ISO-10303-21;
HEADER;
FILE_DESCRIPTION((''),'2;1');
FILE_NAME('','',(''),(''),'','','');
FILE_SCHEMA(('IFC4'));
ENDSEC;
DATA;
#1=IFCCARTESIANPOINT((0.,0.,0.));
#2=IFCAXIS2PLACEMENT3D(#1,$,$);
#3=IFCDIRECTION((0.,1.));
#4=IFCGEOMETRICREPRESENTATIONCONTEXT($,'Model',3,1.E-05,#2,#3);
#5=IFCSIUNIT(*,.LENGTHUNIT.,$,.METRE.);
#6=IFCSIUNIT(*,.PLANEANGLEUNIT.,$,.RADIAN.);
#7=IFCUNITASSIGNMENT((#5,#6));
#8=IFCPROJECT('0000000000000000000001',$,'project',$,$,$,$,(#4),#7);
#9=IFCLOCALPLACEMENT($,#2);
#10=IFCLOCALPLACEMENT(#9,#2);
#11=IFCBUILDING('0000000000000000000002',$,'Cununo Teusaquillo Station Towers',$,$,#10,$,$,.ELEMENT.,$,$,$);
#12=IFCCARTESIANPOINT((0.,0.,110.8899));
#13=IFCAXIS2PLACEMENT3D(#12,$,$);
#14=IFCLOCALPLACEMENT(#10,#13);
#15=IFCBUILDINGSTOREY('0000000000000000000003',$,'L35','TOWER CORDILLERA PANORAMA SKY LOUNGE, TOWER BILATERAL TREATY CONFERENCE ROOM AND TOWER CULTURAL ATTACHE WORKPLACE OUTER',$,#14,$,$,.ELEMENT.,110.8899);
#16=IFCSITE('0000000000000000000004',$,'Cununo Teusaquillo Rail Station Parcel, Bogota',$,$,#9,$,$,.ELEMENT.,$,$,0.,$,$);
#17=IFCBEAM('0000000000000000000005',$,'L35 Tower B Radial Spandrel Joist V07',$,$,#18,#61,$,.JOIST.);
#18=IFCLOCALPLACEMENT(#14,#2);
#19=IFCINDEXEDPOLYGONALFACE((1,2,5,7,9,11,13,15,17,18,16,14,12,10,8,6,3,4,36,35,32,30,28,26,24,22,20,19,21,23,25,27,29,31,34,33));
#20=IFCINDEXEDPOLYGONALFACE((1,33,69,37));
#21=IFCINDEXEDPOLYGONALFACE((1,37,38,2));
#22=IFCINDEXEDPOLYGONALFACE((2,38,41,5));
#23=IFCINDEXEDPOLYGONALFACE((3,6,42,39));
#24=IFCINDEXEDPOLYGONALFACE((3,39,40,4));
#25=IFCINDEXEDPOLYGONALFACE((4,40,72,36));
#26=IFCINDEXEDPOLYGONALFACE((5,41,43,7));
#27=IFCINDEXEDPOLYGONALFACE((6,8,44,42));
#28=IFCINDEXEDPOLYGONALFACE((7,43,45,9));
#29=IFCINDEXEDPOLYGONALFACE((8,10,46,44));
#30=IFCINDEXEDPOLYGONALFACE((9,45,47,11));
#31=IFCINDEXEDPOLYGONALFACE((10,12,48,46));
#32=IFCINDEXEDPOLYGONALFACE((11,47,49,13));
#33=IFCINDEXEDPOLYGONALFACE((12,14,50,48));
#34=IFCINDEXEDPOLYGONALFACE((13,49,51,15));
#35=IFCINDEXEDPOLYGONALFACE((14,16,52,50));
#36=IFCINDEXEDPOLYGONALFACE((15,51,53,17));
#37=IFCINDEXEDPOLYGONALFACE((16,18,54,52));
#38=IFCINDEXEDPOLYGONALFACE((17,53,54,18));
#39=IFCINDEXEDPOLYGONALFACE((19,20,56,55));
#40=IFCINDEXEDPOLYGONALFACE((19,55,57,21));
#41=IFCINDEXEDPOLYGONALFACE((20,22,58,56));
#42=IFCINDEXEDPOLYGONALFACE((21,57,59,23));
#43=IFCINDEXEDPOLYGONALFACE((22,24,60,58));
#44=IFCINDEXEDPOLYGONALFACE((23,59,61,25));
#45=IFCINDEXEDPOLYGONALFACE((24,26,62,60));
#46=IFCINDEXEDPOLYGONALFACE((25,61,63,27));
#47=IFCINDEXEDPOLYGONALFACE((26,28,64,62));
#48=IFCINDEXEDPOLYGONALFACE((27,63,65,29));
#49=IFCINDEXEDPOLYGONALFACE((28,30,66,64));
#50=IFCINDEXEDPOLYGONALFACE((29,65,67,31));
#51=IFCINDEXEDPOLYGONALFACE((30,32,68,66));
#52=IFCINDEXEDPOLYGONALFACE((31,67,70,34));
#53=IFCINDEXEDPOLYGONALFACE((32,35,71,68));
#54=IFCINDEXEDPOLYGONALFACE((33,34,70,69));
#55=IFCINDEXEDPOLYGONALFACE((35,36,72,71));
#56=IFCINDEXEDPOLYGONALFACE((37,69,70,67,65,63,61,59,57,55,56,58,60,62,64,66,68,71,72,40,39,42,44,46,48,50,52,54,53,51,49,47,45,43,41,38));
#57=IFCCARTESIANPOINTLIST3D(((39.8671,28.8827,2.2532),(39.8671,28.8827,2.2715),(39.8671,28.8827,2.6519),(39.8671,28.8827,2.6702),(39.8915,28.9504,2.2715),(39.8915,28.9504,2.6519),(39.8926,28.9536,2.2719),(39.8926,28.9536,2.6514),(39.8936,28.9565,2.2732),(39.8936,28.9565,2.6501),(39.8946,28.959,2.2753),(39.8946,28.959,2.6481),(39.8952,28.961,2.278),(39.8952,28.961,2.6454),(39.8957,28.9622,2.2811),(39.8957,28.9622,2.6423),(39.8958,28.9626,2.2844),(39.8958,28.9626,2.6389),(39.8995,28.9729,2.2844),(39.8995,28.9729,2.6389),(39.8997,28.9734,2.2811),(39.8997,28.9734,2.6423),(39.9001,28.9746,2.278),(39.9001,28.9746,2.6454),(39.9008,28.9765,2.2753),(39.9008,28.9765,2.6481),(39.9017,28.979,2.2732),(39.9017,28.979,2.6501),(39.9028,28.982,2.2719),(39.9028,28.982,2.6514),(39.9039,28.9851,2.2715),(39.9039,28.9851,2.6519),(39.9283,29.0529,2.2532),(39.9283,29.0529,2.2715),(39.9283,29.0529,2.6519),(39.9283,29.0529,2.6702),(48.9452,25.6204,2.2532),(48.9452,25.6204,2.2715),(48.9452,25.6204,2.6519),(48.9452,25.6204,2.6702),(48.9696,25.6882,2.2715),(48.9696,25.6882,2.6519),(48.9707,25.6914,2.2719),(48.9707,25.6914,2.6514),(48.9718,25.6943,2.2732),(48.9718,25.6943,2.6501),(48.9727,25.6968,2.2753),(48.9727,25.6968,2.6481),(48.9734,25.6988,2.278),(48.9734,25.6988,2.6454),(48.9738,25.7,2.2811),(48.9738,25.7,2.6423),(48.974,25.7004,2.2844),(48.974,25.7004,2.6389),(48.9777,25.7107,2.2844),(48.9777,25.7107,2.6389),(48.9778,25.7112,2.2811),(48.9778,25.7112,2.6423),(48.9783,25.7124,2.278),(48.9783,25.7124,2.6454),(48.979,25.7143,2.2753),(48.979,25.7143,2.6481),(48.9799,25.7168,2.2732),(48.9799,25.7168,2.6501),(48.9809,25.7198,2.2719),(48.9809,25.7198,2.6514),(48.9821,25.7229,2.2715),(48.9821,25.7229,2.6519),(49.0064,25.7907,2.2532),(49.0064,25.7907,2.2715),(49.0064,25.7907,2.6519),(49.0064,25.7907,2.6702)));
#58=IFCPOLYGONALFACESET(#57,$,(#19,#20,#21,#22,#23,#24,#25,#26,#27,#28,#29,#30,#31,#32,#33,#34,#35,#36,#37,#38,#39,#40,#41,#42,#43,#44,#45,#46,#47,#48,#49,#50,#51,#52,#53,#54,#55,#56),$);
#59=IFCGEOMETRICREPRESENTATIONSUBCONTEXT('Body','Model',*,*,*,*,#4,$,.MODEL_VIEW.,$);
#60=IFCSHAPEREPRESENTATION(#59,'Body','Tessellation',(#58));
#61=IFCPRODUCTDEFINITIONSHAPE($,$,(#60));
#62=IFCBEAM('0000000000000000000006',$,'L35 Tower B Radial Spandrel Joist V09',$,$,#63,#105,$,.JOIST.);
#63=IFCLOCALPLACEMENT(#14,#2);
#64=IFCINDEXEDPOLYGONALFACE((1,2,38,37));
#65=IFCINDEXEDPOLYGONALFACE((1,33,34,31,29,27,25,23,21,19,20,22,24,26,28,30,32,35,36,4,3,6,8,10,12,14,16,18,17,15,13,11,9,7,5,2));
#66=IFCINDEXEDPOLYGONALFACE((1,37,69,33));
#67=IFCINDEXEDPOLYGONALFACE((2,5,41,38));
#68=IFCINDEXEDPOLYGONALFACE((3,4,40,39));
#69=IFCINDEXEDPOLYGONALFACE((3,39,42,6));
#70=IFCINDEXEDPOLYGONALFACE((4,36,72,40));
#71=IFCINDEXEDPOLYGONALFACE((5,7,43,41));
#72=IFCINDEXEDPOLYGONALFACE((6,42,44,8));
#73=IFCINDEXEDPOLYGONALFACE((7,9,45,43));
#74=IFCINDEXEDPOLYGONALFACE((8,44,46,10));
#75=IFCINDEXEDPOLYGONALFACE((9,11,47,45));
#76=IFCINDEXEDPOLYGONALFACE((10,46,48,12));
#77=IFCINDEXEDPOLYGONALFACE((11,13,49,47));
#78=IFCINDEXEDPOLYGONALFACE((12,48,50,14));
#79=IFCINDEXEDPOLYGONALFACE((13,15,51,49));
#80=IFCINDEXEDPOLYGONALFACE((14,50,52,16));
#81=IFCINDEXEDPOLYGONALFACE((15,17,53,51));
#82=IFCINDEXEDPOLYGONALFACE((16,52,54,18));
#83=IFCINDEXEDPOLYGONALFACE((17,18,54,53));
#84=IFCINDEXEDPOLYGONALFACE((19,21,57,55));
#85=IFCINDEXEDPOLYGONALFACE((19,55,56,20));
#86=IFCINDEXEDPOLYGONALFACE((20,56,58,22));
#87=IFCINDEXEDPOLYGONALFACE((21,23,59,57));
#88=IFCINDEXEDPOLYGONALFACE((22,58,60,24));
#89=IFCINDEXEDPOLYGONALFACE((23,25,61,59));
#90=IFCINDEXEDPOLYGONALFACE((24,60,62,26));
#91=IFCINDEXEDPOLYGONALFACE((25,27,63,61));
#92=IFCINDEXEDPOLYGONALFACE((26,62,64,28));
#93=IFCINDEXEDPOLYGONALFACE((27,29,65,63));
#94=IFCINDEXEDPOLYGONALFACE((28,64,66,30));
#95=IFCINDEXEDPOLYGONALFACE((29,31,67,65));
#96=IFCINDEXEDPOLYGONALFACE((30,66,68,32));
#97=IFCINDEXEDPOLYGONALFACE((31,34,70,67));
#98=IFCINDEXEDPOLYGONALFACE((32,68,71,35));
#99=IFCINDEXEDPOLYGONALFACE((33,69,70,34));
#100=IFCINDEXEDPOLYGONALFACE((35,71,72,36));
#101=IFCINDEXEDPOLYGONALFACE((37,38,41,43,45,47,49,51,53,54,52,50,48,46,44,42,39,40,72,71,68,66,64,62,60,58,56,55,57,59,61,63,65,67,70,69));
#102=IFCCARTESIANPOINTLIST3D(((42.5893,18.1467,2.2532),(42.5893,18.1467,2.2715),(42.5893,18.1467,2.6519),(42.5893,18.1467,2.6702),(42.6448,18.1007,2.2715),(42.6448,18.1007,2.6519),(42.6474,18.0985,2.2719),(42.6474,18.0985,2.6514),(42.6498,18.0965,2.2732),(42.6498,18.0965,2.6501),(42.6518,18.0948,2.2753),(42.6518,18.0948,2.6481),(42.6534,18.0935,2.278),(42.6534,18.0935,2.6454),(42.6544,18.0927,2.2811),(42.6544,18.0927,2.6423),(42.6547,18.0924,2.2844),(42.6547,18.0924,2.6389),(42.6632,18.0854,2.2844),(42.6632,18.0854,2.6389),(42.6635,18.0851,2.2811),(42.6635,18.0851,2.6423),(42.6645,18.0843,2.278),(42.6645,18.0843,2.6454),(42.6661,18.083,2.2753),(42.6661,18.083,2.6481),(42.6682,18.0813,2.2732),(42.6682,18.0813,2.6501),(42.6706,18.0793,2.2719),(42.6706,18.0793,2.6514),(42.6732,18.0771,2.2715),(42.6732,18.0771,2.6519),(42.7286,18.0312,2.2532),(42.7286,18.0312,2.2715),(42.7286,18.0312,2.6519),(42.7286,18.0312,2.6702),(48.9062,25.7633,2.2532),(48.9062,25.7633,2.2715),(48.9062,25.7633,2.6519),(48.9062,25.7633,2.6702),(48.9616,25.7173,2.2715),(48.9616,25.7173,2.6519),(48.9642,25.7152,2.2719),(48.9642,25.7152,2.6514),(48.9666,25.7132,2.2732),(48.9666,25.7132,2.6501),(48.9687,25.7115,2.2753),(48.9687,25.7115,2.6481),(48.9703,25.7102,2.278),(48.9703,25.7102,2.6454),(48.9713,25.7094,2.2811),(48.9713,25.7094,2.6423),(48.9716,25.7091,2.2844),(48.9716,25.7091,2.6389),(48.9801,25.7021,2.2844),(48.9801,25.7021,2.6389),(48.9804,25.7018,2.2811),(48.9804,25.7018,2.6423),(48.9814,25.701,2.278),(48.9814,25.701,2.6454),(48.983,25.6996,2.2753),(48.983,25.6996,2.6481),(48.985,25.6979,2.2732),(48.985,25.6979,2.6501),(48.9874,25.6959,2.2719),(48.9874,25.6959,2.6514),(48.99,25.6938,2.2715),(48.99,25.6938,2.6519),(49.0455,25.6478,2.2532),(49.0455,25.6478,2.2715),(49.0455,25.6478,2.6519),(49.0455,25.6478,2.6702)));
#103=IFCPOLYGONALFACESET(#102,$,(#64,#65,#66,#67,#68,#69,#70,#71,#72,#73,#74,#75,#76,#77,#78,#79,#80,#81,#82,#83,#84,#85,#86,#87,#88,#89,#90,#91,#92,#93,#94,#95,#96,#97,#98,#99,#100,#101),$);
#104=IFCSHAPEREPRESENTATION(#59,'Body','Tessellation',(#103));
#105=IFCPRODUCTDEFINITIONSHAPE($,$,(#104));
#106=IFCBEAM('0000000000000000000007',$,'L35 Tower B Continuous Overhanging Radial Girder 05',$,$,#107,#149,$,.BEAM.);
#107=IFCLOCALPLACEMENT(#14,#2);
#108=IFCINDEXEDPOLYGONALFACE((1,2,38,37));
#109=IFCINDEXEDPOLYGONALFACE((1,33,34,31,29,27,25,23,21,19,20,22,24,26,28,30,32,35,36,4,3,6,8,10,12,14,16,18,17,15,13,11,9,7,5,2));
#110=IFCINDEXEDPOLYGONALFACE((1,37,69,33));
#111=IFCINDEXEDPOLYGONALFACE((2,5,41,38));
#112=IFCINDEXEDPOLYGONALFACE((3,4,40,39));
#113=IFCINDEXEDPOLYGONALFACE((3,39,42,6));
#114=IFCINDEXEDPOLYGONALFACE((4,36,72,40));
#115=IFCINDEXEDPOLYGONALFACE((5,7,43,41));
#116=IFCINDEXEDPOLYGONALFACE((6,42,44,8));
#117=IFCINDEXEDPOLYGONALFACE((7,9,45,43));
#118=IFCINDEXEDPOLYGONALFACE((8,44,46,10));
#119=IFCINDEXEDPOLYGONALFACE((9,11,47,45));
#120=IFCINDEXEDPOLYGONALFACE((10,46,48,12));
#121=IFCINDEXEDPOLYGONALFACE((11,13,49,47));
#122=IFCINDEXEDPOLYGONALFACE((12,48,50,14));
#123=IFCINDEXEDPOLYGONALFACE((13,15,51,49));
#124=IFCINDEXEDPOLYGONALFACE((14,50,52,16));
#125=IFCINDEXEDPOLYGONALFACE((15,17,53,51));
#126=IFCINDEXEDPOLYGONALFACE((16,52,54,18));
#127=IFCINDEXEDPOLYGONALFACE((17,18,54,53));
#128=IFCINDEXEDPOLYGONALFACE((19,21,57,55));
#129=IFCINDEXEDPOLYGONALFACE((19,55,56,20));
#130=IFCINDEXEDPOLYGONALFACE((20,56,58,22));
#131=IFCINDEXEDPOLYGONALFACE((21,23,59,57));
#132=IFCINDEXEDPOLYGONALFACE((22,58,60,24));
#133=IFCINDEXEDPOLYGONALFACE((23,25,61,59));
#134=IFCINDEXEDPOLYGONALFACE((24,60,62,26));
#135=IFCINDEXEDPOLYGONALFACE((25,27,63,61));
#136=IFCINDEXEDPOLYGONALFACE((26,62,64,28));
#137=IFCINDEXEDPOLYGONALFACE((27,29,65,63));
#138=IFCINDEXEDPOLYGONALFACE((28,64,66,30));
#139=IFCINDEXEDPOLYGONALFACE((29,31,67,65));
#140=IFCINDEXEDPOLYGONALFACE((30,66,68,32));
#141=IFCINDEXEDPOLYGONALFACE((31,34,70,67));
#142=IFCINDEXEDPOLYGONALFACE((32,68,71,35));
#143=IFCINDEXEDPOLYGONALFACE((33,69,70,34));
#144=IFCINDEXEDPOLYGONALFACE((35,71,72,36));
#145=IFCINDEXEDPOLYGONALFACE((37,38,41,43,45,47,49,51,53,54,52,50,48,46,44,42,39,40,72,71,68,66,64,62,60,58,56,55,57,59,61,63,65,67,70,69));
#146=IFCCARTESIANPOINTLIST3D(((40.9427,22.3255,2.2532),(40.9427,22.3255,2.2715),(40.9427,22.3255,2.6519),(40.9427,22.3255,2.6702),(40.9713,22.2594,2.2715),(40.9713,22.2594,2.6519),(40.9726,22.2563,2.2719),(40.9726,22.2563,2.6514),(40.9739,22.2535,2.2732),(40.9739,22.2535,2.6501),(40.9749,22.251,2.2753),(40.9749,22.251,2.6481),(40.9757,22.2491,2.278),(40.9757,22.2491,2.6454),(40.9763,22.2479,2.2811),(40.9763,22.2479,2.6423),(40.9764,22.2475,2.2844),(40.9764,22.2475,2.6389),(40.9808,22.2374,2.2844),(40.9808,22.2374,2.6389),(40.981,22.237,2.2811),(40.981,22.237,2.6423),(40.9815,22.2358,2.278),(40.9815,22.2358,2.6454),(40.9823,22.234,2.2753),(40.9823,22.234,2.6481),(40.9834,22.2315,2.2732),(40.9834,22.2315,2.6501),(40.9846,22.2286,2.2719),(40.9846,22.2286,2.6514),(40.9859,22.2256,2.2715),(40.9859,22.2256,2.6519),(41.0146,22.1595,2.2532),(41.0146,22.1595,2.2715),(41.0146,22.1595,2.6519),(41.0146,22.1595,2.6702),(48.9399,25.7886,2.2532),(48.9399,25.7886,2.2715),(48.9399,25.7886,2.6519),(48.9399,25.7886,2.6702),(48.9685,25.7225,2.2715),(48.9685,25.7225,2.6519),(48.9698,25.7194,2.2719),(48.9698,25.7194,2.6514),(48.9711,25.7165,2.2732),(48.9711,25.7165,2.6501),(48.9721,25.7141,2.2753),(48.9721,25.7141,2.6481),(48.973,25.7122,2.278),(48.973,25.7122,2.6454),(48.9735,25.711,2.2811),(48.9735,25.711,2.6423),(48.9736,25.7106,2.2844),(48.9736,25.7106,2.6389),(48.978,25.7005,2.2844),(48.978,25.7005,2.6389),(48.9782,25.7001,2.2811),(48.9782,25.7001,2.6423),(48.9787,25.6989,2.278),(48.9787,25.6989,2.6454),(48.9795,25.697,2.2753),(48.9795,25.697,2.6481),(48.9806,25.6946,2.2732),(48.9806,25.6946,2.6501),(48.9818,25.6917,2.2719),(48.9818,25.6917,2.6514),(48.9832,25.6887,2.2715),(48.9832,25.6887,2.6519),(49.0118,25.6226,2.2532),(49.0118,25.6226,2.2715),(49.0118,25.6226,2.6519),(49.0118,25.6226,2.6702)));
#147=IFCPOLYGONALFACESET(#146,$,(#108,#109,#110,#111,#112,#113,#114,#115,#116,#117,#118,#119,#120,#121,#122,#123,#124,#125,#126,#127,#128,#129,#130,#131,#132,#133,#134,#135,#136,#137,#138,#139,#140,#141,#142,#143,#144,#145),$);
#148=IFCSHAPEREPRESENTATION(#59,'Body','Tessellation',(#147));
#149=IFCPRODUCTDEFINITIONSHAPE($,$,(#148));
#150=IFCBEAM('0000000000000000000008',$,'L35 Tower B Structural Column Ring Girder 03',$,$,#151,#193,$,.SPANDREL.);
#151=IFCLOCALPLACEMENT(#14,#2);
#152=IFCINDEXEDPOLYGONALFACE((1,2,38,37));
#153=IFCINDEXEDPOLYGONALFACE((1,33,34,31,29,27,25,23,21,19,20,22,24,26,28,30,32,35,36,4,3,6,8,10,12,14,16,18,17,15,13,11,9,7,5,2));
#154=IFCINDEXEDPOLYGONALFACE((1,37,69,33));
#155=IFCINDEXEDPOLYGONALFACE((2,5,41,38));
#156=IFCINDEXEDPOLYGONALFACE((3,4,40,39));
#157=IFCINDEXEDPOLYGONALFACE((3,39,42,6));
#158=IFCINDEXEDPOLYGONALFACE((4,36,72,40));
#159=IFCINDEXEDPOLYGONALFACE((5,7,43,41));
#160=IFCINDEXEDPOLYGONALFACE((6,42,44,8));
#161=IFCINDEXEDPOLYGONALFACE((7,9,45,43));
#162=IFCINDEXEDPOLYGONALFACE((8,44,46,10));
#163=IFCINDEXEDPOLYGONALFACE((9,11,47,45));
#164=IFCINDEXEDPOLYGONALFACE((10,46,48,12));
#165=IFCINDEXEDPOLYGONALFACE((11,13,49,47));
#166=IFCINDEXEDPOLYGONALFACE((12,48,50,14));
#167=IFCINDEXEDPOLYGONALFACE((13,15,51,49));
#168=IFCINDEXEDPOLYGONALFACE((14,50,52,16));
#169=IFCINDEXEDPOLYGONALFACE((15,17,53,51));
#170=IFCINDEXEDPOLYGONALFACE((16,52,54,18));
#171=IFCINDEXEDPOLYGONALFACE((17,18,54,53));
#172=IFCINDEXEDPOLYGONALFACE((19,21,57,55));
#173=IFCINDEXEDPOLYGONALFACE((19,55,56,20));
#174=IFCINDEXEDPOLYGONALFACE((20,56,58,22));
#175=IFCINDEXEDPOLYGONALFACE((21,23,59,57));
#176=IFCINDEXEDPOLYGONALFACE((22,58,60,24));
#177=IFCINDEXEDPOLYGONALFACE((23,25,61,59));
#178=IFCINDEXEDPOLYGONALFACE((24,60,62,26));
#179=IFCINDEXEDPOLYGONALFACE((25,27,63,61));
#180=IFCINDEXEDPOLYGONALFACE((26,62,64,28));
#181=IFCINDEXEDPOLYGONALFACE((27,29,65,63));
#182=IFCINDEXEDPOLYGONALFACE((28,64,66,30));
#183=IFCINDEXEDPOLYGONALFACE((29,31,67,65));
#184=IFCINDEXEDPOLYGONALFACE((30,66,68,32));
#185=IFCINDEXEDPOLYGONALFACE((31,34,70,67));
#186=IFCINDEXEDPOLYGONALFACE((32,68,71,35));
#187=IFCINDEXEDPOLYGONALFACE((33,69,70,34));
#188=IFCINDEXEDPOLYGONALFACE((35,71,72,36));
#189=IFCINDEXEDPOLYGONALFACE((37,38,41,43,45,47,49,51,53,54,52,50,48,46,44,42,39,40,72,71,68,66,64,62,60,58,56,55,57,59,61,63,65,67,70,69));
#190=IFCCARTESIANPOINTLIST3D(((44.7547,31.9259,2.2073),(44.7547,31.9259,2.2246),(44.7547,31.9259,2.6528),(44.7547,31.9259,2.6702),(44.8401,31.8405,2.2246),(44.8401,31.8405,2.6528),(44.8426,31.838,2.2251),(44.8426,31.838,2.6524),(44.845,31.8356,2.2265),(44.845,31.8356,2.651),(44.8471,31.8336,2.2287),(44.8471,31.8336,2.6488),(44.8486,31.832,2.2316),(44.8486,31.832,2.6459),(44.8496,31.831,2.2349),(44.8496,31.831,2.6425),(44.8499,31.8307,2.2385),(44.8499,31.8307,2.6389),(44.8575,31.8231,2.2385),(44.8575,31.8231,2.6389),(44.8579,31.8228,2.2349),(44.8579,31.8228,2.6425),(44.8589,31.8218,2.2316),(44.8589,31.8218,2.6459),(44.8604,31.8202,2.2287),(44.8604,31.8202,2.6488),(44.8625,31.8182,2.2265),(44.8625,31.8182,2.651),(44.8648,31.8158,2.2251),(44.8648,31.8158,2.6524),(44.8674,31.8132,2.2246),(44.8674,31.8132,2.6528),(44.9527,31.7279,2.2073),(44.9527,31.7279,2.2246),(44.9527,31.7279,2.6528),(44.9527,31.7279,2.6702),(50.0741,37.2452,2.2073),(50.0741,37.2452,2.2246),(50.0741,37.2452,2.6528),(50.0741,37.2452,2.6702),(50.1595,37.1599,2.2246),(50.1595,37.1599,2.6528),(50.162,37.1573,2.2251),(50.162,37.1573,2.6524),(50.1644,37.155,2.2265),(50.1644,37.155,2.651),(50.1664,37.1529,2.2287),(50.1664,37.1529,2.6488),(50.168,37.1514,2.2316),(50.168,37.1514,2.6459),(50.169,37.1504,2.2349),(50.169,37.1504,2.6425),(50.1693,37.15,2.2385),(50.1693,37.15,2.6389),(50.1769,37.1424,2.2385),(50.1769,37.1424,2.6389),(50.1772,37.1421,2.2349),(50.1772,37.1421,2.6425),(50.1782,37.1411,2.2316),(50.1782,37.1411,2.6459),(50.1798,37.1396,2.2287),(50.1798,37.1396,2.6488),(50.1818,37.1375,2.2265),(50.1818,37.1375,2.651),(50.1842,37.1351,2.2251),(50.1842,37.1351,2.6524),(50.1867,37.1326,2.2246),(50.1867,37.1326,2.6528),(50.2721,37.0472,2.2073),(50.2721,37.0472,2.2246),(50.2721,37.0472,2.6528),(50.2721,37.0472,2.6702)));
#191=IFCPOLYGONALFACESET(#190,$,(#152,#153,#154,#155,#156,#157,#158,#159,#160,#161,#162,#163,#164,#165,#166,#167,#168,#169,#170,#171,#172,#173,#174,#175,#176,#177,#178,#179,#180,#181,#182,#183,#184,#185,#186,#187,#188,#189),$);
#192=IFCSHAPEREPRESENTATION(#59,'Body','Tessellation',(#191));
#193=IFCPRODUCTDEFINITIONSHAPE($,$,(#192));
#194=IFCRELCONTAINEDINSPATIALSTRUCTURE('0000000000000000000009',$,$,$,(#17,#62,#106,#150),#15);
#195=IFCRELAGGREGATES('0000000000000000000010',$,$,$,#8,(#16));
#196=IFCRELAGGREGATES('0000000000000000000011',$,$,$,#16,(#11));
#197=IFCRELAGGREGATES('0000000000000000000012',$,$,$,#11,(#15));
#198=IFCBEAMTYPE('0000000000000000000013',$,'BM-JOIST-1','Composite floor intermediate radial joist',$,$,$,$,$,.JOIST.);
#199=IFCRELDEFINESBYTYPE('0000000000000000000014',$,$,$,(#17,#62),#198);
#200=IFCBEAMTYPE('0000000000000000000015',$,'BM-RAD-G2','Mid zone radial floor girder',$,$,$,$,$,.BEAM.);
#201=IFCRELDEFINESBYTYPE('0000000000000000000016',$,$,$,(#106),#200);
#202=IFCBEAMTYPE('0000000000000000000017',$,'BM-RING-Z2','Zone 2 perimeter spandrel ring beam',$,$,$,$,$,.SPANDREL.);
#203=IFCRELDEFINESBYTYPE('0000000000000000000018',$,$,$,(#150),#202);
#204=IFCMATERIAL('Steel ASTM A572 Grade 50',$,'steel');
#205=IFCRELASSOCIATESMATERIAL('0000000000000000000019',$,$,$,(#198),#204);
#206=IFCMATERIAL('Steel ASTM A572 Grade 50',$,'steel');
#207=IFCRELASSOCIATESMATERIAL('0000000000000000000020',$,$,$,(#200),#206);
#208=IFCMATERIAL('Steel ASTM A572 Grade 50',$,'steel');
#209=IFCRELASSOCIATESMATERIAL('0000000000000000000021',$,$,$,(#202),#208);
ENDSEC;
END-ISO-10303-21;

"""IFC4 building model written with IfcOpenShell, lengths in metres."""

from ifc_helpers import new_model, si_unit, direction, frame, origin, origin_2d, place, context, subcontext, project, spatial, i_section, extrude, material, material_profile, profile_set, type_object, element, save


model = new_model("IFC4")

# Units and contexts
model_context = context("Model", 3, precision=1e-05, world=origin(), true_north=direction((0.0, 1.0)))
body_context = subcontext(model_context, "Body", "Model", "MODEL_VIEW")
ifc_project = project(units=[si_unit("LENGTHUNIT", "METRE"), si_unit("PLANEANGLEUNIT", "RADIAN")], contexts=[model_context])

# Site, building, storey
site_placement = place(None, origin())
site = spatial("IfcSite", under=ifc_project, at=site_placement, Name="Cununo Teusaquillo Rail Station Parcel, Bogota", CompositionType="ELEMENT", RefElevation=0.0)
building_placement = place(site_placement, origin())
building = spatial("IfcBuilding", under=site, at=building_placement, Name="Cununo Teusaquillo Station Towers", CompositionType="ELEMENT")
storey_placement = place(building_placement, frame((0.0, 0.0, 110.8899)))
storey = spatial("IfcBuildingStorey", under=building, at=storey_placement, Name="L35", Description="TOWER CORDILLERA PANORAMA SKY LOUNGE, TOWER BILATERAL TREATY CONFERENCE ROOM AND TOWER CULTURAL ATTACHE WORKPLACE OUTER", CompositionType="ELEMENT", Elevation=110.8899)

# Beams
ifc_material_1 = material(Name="Steel ASTM A572 Grade 50", Category="steel")
ifc_material_profile_1 = material_profile(ifc_material_1, i_section(OverallWidth=0.1809, OverallDepth=0.417, WebThickness=0.011, FlangeThickness=0.0183, FilletRadius=0.0129, at=origin_2d()), Name="W16X57")
ifc_profile_set_1 = profile_set([ifc_material_profile_1], Name="Steel ASTM A572 Grade 50")
beam_type_1 = type_object("IfcBeamType", Name="BM-JOIST-1", Description="Composite floor intermediate radial joist", PredefinedType="JOIST", material=ifc_profile_set_1)
beam_1_placement = place(storey_placement, frame((48.9758, 25.7056, 2.4617), z_axis=(-0.941083, 0.338176, 0.0), x_axis=(-0.338176, -0.941083, 0.0)))
element("IfcBeam", 1, at=beam_1_placement, inside=storey, type_object=beam_type_1, Name="L35 Tower B Radial Spandrel Joist V07", PredefinedType="JOIST", context=body_context, shape_type="SweptSolid", body=[
    extrude(i_section(OverallWidth=0.1809, OverallDepth=0.417, WebThickness=0.011, FlangeThickness=0.0183, FilletRadius=0.0129, at=origin_2d()), origin(), (0.0, 0.0, 1.0), 9.6465),
])
beam_2_placement = place(storey_placement, frame((48.9758, 25.7056, 2.4617), z_axis=(-0.638372, -0.769728, 0.0), x_axis=(0.769728, -0.638372, 0.0)))
element("IfcBeam", 2, at=beam_2_placement, inside=storey, type_object=beam_type_1, Name="L35 Tower B Radial Spandrel Joist V09", PredefinedType="JOIST", context=body_context, shape_type="SweptSolid", body=[
    extrude(i_section(OverallWidth=0.1809, OverallDepth=0.417, WebThickness=0.011, FlangeThickness=0.0183, FilletRadius=0.0129, at=origin_2d()), origin(), (0.0, 0.0, 1.0), 9.8953),
])
ifc_material_2 = material(Name="Steel ASTM A572 Grade 50", Category="steel")
ifc_material_profile_2 = material_profile(ifc_material_2, i_section(OverallWidth=0.1809, OverallDepth=0.417, WebThickness=0.011, FlangeThickness=0.0183, FilletRadius=0.0129, at=origin_2d()), Name="W16X57")
ifc_profile_set_2 = profile_set([ifc_material_profile_2], Name="Steel ASTM A572 Grade 50")
beam_type_2 = type_object("IfcBeamType", Name="BM-RAD-G2", Description="Mid zone radial floor girder", PredefinedType="BEAM", material=ifc_profile_set_2)
beam_3_placement = place(storey_placement, frame((48.9758, 25.7056, 2.4617), z_axis=(-0.917655, -0.397379, 0.0), x_axis=(0.397379, -0.917655, 0.0)))
element("IfcBeam", 3, at=beam_3_placement, inside=storey, type_object=beam_type_2, Name="L35 Tower B Continuous Overhanging Radial Girder 05", PredefinedType="BEAM", context=body_context, shape_type="SweptSolid", body=[
    extrude(i_section(OverallWidth=0.1809, OverallDepth=0.417, WebThickness=0.011, FlangeThickness=0.0183, FilletRadius=0.0129, at=origin_2d()), origin(), (0.0, 0.0, 1.0), 8.7148),
])
ifc_material_3 = material(Name="Steel ASTM A572 Grade 50", Category="steel")
ifc_material_profile_3 = material_profile(ifc_material_3, i_section(OverallWidth=0.28, OverallDepth=0.4629, WebThickness=0.0107, FlangeThickness=0.0173, FilletRadius=0.0139, at=origin_2d()), Name="W18X76")
ifc_profile_set_3 = profile_set([ifc_material_profile_3], Name="Steel ASTM A572 Grade 50")
beam_type_3 = type_object("IfcBeamType", Name="BM-RING-Z2", Description="Zone 2 perimeter spandrel ring beam", PredefinedType="SPANDREL", material=ifc_profile_set_3)
beam_4_placement = place(storey_placement, frame((50.1731, 37.1462, 2.4387), z_axis=(-0.707107, -0.707107, 0.0), x_axis=(0.707107, -0.707107, 0.0)))
element("IfcBeam", 4, at=beam_4_placement, inside=storey, type_object=beam_type_3, Name="L35 Tower B Structural Column Ring Girder 03", PredefinedType="SPANDREL", context=body_context, shape_type="SweptSolid", body=[
    extrude(i_section(OverallWidth=0.28, OverallDepth=0.4629, WebThickness=0.0107, FlangeThickness=0.0173, FilletRadius=0.0139, at=origin_2d()), origin(), (0.0, 0.0, 1.0), 7.5227),
])

save(model, "model.ifc")
